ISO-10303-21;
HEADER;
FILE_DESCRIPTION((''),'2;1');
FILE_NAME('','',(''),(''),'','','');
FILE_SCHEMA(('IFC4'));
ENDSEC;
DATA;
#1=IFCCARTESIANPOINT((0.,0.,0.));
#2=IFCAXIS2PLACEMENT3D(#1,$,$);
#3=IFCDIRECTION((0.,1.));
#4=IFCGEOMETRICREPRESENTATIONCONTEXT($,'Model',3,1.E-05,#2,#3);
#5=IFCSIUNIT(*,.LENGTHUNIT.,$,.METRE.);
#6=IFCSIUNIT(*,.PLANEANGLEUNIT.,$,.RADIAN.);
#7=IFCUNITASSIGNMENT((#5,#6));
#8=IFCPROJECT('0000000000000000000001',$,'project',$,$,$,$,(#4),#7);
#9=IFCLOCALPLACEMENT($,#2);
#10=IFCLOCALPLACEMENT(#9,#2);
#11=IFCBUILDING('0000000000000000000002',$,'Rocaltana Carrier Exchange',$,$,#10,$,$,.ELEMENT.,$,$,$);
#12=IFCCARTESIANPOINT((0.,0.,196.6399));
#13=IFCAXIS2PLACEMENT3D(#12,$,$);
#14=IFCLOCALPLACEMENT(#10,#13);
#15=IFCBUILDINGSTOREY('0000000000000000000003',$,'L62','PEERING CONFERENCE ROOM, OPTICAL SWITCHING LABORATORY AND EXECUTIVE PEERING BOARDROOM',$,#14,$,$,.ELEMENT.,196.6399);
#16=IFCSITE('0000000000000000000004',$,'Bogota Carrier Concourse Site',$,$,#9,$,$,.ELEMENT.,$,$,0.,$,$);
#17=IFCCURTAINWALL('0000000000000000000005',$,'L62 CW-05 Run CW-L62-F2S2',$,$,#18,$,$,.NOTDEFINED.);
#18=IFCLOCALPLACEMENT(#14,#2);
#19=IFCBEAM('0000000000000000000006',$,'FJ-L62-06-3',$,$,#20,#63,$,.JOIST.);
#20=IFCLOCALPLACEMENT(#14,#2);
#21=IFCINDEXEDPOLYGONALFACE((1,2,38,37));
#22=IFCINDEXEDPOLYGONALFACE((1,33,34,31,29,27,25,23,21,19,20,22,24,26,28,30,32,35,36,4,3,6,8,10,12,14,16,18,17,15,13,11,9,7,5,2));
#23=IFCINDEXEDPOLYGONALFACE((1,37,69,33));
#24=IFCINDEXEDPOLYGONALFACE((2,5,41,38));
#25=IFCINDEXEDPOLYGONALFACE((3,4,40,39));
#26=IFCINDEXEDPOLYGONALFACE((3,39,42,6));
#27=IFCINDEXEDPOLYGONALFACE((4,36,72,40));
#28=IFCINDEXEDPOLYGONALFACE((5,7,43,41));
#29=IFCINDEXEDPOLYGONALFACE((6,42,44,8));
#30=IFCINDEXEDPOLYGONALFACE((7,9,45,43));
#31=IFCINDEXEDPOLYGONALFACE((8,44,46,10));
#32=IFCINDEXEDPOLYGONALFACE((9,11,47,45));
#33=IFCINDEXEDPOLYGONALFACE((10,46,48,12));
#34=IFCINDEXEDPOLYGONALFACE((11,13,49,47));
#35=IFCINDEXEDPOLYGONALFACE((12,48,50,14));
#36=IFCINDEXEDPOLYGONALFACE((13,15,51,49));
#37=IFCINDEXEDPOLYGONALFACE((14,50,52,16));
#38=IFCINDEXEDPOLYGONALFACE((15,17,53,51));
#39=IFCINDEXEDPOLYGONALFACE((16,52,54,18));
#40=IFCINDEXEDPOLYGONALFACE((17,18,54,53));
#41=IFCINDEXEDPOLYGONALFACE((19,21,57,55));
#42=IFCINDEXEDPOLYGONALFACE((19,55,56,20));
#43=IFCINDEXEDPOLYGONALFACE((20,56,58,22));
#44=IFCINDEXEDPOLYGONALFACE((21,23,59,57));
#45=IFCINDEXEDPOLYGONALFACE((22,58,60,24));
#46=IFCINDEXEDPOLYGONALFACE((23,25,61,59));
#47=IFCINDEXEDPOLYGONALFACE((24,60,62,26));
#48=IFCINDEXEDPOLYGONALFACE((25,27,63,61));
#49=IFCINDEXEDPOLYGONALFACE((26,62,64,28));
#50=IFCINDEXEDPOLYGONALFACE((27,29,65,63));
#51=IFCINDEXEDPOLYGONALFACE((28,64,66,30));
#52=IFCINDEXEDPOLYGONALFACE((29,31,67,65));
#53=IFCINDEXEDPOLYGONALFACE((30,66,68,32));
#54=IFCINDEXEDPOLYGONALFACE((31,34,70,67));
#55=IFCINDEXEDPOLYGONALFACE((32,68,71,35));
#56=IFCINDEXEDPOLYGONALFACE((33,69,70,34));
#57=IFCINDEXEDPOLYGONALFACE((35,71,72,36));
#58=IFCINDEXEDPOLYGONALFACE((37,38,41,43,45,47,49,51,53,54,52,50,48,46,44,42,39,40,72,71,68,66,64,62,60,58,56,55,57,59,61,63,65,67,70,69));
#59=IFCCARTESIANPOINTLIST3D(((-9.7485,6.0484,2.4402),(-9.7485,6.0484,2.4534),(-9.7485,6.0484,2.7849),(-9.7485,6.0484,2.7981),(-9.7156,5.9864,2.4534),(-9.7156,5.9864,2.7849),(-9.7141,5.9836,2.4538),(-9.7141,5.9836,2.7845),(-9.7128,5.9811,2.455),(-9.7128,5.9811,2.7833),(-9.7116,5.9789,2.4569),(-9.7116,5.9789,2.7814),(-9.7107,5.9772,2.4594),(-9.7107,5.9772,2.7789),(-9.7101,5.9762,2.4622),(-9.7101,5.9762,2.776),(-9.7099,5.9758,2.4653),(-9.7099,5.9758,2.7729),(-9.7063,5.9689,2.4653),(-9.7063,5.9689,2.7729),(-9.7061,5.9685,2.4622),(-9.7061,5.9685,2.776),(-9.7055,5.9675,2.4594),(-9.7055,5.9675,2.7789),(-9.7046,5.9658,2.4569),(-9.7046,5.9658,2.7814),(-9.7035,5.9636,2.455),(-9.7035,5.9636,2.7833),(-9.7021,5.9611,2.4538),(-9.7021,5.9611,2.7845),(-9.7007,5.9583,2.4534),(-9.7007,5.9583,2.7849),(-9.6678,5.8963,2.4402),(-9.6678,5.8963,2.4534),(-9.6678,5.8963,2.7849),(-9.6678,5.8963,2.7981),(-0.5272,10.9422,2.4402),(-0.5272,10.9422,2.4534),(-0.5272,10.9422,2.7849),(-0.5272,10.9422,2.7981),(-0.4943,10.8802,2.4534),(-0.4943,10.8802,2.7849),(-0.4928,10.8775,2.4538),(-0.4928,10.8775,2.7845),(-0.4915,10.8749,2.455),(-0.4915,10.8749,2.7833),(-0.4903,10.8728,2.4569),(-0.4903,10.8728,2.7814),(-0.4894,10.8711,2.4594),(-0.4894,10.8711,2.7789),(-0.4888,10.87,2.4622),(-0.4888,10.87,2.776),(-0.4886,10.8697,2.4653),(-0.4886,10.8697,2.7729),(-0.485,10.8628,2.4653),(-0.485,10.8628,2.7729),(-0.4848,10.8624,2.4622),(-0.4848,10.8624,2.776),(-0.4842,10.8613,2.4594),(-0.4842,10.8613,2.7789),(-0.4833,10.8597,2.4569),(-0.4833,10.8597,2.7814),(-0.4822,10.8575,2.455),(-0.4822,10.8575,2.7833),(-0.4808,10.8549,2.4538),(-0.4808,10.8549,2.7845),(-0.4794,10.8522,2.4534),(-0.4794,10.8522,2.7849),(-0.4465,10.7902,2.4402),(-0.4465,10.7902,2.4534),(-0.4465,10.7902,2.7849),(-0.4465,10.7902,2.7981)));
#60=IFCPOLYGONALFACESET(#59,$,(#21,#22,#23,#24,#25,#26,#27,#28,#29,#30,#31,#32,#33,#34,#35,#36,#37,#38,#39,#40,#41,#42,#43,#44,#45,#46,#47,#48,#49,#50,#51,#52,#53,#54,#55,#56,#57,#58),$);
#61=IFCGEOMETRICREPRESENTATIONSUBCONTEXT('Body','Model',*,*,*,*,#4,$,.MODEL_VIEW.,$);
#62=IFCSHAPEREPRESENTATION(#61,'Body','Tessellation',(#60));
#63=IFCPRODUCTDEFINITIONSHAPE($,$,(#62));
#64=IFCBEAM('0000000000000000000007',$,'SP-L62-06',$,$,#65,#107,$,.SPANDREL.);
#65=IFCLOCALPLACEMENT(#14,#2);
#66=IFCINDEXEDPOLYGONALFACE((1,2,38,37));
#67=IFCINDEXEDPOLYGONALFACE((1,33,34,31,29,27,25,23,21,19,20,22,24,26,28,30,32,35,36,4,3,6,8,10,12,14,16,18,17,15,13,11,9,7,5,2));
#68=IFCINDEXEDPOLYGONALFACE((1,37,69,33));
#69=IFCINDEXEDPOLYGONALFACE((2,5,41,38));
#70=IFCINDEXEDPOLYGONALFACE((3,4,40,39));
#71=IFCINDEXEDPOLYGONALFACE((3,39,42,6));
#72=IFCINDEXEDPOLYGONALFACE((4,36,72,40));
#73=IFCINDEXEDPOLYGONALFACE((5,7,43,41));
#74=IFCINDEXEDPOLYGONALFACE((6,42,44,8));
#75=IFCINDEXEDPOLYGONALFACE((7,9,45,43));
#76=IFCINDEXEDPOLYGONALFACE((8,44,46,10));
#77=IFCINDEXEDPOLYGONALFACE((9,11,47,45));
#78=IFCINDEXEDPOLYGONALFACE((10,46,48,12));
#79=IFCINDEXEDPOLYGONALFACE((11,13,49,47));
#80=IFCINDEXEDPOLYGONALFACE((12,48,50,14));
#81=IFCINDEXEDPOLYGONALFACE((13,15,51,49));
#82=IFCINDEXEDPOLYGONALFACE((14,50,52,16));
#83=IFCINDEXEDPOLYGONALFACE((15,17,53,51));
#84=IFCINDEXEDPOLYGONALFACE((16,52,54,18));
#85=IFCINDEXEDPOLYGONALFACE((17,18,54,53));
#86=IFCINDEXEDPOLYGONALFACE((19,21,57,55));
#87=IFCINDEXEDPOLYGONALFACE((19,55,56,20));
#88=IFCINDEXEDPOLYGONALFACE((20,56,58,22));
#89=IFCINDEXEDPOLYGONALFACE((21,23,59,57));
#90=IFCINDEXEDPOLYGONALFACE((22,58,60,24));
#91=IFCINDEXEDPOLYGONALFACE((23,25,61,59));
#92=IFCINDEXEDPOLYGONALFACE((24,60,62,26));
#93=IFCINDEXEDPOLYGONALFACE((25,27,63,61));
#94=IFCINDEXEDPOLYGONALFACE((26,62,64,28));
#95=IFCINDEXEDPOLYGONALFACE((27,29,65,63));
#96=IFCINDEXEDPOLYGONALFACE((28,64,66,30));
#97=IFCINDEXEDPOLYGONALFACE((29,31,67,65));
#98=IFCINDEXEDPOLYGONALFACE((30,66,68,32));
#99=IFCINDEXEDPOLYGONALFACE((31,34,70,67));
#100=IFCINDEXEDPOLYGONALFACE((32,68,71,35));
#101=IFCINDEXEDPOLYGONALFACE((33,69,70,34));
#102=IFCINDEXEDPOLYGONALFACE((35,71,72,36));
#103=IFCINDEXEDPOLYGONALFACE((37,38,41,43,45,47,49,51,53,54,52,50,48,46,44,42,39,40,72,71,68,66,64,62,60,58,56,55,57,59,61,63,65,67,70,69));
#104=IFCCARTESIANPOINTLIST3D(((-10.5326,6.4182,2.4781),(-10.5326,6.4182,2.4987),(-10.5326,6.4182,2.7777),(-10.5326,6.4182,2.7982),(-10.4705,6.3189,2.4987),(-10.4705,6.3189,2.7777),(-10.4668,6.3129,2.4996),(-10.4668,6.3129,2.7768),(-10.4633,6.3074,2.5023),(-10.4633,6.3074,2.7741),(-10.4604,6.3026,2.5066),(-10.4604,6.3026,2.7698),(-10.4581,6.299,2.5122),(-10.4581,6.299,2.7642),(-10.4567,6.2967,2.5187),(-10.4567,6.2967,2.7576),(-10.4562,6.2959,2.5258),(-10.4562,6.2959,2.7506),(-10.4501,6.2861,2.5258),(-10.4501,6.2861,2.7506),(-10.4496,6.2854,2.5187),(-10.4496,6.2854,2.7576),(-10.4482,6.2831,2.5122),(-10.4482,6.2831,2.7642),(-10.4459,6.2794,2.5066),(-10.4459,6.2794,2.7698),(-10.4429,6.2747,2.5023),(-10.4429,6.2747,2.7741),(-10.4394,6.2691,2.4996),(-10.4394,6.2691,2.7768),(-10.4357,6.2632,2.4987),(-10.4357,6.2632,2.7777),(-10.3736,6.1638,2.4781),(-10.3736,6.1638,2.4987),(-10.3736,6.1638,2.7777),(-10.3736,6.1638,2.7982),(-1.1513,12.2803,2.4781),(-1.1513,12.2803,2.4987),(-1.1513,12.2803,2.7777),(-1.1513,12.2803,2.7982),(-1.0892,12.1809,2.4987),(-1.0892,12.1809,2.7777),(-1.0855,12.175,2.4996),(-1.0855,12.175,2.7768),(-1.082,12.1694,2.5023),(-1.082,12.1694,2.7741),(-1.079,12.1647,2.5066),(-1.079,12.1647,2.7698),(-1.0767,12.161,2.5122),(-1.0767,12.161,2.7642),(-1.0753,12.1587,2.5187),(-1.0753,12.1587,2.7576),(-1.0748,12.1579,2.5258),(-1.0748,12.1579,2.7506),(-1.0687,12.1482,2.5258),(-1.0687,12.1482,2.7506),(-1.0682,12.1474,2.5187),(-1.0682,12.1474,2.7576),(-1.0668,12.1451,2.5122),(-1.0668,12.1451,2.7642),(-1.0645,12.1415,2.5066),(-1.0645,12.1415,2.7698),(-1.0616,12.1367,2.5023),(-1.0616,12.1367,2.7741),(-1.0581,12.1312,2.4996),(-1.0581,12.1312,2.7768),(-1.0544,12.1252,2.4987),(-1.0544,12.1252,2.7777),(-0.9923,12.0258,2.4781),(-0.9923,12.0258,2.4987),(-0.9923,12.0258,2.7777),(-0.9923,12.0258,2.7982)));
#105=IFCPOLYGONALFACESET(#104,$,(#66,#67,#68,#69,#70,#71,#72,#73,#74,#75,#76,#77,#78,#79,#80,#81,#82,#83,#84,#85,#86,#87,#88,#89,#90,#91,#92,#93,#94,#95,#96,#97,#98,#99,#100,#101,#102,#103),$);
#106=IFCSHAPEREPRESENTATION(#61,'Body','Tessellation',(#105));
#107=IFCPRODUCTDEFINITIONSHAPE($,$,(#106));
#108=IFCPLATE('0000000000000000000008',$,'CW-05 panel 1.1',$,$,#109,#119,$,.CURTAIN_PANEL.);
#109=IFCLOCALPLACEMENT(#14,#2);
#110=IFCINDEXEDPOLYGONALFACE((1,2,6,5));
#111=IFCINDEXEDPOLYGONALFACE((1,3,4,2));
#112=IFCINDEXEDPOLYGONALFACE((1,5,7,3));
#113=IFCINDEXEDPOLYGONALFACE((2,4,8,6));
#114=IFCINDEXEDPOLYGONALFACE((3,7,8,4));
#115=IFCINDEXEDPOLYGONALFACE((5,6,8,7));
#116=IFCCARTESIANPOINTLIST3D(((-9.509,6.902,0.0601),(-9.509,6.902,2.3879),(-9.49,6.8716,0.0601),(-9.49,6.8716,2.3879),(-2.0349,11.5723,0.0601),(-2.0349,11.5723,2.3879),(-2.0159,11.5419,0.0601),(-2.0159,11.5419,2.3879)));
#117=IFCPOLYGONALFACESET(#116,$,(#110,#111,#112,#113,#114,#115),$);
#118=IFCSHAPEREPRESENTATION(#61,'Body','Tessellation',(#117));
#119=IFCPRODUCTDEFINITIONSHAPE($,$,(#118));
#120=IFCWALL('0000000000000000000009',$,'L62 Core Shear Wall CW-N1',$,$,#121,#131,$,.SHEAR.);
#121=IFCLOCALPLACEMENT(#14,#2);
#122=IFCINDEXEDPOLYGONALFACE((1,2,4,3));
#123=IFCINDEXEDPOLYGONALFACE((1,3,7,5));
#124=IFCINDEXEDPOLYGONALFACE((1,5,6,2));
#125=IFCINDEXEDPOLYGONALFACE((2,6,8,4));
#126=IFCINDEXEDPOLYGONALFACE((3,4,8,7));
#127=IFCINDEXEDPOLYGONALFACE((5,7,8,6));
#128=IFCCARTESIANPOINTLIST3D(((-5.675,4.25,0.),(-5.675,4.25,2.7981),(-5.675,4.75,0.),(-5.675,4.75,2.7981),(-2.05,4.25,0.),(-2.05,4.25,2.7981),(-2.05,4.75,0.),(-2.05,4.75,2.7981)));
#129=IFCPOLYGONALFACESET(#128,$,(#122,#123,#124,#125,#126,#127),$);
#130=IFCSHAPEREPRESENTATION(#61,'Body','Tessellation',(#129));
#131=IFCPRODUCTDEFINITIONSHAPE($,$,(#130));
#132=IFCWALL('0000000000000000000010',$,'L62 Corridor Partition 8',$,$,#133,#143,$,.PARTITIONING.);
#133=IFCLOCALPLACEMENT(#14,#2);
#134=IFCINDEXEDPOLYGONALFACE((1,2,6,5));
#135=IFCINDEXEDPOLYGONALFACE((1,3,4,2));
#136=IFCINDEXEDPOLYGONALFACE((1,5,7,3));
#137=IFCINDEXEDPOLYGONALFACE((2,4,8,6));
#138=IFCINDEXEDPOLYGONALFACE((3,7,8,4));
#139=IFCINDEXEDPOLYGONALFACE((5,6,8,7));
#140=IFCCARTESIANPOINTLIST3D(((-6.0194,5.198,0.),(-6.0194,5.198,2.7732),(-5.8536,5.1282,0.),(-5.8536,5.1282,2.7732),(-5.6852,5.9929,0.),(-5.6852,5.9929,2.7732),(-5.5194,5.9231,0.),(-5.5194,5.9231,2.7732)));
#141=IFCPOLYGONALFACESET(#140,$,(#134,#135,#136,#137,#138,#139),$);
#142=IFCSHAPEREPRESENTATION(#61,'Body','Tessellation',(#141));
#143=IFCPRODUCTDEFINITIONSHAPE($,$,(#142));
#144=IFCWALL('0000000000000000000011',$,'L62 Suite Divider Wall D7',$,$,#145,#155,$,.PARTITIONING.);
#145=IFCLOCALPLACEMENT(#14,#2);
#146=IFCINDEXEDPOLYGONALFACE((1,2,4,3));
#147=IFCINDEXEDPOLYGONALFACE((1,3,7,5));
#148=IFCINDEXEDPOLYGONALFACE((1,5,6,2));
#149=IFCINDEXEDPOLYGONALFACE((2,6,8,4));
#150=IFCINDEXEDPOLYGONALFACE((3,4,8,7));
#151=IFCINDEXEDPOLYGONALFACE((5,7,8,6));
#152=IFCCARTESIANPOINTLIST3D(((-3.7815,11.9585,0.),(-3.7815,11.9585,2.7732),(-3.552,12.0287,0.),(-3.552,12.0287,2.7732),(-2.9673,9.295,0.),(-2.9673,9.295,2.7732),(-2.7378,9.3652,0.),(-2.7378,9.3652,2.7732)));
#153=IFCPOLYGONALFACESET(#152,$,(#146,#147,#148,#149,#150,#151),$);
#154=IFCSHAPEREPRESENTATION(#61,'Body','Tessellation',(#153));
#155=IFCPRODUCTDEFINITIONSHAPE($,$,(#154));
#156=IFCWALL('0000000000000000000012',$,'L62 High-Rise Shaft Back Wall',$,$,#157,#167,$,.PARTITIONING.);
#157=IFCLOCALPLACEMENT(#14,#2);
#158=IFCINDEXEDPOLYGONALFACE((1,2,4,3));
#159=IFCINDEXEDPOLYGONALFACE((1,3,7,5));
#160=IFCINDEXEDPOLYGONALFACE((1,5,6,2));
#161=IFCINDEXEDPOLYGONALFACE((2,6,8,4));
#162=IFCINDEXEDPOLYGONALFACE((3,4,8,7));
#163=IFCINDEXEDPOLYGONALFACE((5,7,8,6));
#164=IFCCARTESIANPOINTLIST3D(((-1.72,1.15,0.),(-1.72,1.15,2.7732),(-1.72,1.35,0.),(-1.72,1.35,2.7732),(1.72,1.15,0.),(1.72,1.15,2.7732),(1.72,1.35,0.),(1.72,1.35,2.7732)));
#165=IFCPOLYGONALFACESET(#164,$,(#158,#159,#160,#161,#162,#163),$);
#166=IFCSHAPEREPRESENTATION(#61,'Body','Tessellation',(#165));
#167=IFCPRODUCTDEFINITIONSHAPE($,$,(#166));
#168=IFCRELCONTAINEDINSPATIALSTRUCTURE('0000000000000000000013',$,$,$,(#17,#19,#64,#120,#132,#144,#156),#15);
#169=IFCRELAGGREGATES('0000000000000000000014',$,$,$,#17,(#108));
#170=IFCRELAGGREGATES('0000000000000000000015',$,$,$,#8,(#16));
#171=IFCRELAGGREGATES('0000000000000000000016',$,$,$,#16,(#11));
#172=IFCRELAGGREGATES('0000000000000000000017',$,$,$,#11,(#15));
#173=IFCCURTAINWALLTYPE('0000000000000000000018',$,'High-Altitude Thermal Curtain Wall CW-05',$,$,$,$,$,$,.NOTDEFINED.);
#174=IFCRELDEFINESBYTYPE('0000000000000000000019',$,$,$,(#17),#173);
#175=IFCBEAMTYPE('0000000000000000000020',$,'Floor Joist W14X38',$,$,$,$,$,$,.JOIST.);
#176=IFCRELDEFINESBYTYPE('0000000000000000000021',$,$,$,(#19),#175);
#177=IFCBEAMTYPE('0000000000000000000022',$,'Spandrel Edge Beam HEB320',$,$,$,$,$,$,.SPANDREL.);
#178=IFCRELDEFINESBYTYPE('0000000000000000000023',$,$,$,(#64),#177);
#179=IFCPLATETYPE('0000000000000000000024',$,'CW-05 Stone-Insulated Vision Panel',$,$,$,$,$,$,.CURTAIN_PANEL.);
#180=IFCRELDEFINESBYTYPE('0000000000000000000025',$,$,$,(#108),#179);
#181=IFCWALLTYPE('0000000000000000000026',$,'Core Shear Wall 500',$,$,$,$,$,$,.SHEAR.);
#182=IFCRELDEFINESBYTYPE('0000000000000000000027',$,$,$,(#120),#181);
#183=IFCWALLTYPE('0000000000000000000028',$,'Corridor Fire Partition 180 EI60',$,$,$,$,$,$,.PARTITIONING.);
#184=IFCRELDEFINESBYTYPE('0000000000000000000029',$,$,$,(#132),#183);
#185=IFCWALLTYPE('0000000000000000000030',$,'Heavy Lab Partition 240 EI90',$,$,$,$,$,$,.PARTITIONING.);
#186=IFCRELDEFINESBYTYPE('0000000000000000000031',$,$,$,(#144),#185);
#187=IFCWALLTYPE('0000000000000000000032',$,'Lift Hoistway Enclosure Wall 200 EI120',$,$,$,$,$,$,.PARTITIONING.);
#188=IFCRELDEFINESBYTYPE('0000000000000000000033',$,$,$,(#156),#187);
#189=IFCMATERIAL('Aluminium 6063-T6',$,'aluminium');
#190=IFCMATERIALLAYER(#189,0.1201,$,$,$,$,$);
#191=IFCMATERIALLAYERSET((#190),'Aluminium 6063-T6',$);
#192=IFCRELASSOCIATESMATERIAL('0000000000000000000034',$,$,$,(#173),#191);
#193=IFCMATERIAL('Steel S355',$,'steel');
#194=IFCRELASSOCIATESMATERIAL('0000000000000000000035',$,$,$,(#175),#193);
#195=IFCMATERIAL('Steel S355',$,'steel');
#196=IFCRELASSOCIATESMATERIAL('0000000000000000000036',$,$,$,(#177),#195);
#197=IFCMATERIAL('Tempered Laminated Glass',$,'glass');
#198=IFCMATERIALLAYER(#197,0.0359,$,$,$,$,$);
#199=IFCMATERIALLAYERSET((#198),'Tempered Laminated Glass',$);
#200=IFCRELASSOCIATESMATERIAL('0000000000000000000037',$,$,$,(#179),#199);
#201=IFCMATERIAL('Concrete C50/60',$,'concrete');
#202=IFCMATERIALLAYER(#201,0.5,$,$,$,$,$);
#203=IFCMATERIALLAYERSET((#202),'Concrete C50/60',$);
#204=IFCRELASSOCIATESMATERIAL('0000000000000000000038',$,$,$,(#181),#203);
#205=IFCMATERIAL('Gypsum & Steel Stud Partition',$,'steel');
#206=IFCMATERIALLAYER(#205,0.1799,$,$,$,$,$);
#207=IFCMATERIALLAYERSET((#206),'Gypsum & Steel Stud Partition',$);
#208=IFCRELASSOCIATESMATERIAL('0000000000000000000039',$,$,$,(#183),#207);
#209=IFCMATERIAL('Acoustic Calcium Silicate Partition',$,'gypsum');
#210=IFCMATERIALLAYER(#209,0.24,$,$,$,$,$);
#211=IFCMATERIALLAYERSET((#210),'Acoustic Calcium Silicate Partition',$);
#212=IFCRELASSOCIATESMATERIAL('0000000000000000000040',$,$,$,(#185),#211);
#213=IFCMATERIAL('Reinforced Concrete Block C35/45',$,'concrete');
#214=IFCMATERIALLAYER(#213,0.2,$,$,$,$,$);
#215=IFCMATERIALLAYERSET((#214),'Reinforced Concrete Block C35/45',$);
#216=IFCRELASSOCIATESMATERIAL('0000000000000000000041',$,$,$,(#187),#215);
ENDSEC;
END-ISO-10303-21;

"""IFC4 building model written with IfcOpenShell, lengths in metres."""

from ifc_helpers import new_model, si_unit, direction, frame, frame_2d, origin, origin_2d, place, context, subcontext, project, spatial, rectangle, i_section, extrude, material, layer, layer_set, material_profile, profile_set, type_object, element, aggregate, save


model = new_model("IFC4")

# Units and contexts
model_context = context("Model", 3, precision=1e-05, world=origin(), true_north=direction((0.0, 1.0)))
body_context = subcontext(model_context, "Body", "Model", "MODEL_VIEW")
ifc_project = project(units=[si_unit("LENGTHUNIT", "METRE"), si_unit("PLANEANGLEUNIT", "RADIAN")], contexts=[model_context])

# Site, building, storey
site_placement = place(None, origin())
site = spatial("IfcSite", under=ifc_project, at=site_placement, Name="Bogota Carrier Concourse Site", CompositionType="ELEMENT", RefElevation=0.0)
building_placement = place(site_placement, origin())
building = spatial("IfcBuilding", under=site, at=building_placement, Name="Rocaltana Carrier Exchange", CompositionType="ELEMENT")
storey_placement = place(building_placement, frame((0.0, 0.0, 196.6399)))
storey = spatial("IfcBuildingStorey", under=building, at=storey_placement, Name="L62", Description="PEERING CONFERENCE ROOM, OPTICAL SWITCHING LABORATORY AND EXECUTIVE PEERING BOARDROOM", CompositionType="ELEMENT", Elevation=196.6399)

# Curtain wall
ifc_material_1 = material(Name="Aluminium 6063-T6", Category="aluminium")
ifc_layer_1 = layer(ifc_material_1, 0.1201)
ifc_layer_set_1 = layer_set([ifc_layer_1], Name="Aluminium 6063-T6")
curtain_wall_type = type_object("IfcCurtainWallType", Name="High-Altitude Thermal Curtain Wall CW-05", PredefinedType="NOTDEFINED", material=ifc_layer_set_1)
curtain_wall_placement = place(storey_placement, origin())
curtain_wall = element("IfcCurtainWall", 1, at=curtain_wall_placement, inside=storey, type_object=curtain_wall_type, Name="L62 CW-05 Run CW-L62-F2S2", PredefinedType="NOTDEFINED")

# Beams
ifc_material_2 = material(Name="Steel S355", Category="steel")
ifc_material_profile_1 = material_profile(ifc_material_2, i_section(OverallWidth=0.1721, OverallDepth=0.3579, WebThickness=0.0078, FlangeThickness=0.0132, FilletRadius=0.012, at=origin_2d()), Name="W14X38")
ifc_profile_set_1 = profile_set([ifc_material_profile_1], Name="Steel S355")
beam_type_1 = type_object("IfcBeamType", Name="Floor Joist W14X38", PredefinedType="JOIST", material=ifc_profile_set_1)
beam_1_placement = place(storey_placement, frame((-0.4868, 10.8662, 2.6191), z_axis=(-0.883312, -0.468785, 0.0), x_axis=(0.468785, -0.883312, 0.0)))
element("IfcBeam", 2, at=beam_1_placement, inside=storey, type_object=beam_type_1, Name="FJ-L62-06-3", PredefinedType="JOIST", context=body_context, shape_type="SweptSolid", body=[
    extrude(i_section(OverallWidth=0.1721, OverallDepth=0.3579, WebThickness=0.0078, FlangeThickness=0.0132, FilletRadius=0.012, at=origin_2d()), origin(), (0.0, 0.0, 1.0), 10.4395),
])
ifc_material_3 = material(Name="Steel S355", Category="steel")
ifc_material_profile_2 = material_profile(ifc_material_3, i_section(OverallWidth=0.3, OverallDepth=0.3201, WebThickness=0.0115, FlangeThickness=0.0205, FilletRadius=0.0271, at=origin_2d()), Name="HEB320")
ifc_profile_set_2 = profile_set([ifc_material_profile_2], Name="Steel S355")
beam_type_2 = type_object("IfcBeamType", Name="Spandrel Edge Beam HEB320", PredefinedType="SPANDREL", material=ifc_profile_set_2)
beam_2_placement = place(storey_placement, frame((-1.0718, 12.1531, 2.6382), z_axis=(-0.84805, -0.529916, 0.0), x_axis=(0.529916, -0.84805, 0.0)))
element("IfcBeam", 3, at=beam_2_placement, inside=storey, type_object=beam_type_2, Name="SP-L62-06", PredefinedType="SPANDREL", context=body_context, shape_type="SweptSolid", body=[
    extrude(i_section(OverallWidth=0.3, OverallDepth=0.3201, WebThickness=0.0115, FlangeThickness=0.0205, FilletRadius=0.0271, at=origin_2d()), origin(), (0.0, 0.0, 1.0), 11.0623),
])

# Plate
ifc_material_4 = material(Name="Tempered Laminated Glass", Category="glass")
ifc_layer_2 = layer(ifc_material_4, 0.0359)
ifc_layer_set_2 = layer_set([ifc_layer_2], Name="Tempered Laminated Glass")
plate_type = type_object("IfcPlateType", Name="CW-05 Stone-Insulated Vision Panel", PredefinedType="CURTAIN_PANEL", material=ifc_layer_set_2)
plate_placement = place(storey_placement, frame((-5.7625, 9.2219, 0.0601), z_axis=(0.0, 0.0, 1.0), x_axis=(-0.848047, -0.52992, 0.0)))
plate = element("IfcPlate", 4, at=plate_placement, type_object=plate_type, Name="CW-05 panel 1.1", PredefinedType="CURTAIN_PANEL", context=body_context, shape_type="SweptSolid", body=[
    extrude(rectangle(XDim=8.8132, YDim=0.0359, at=origin_2d()), origin(), (0.0, 0.0, 1.0), 2.3279),
])
aggregate(curtain_wall, [plate])

# Walls
ifc_material_5 = material(Name="Concrete C50/60", Category="concrete")
ifc_layer_3 = layer(ifc_material_5, 0.5)
ifc_layer_set_3 = layer_set([ifc_layer_3], Name="Concrete C50/60")
wall_type_1 = type_object("IfcWallType", Name="Core Shear Wall 500", PredefinedType="SHEAR", material=ifc_layer_set_3)
wall_1_placement = place(storey_placement, frame((-5.675, 4.5, 0.0), z_axis=(0.0, 0.0, 1.0), x_axis=(1.0, 0.0, 0.0)))
element("IfcWall", 5, at=wall_1_placement, inside=storey, type_object=wall_type_1, Name="L62 Core Shear Wall CW-N1", PredefinedType="SHEAR", context=body_context, shape_type="SweptSolid", body=[
    extrude(rectangle(XDim=3.625, YDim=0.5, at=frame_2d((1.8125, 0.0))), origin(), (0.0, 0.0, 1.0), 2.7981),
])
ifc_material_6 = material(Name="Gypsum & Steel Stud Partition", Category="steel")
ifc_layer_4 = layer(ifc_material_6, 0.1799)
ifc_layer_set_4 = layer_set([ifc_layer_4], Name="Gypsum & Steel Stud Partition")
wall_type_2 = type_object("IfcWallType", Name="Corridor Fire Partition 180 EI60", PredefinedType="PARTITIONING", material=ifc_layer_set_4)
wall_2_placement = place(storey_placement, frame((-5.6023, 5.958, 0.0), z_axis=(0.0, 0.0, 1.0), x_axis=(-0.387589, -0.921832, 0.0)))
element("IfcWall", 6, at=wall_2_placement, inside=storey, type_object=wall_type_2, Name="L62 Corridor Partition 8", PredefinedType="PARTITIONING", context=body_context, shape_type="SweptSolid", body=[
    extrude(rectangle(XDim=0.8623, YDim=0.1799, at=frame_2d((0.4312, 0.0))), origin(), (0.0, 0.0, 1.0), 2.7732),
])
ifc_material_7 = material(Name="Acoustic Calcium Silicate Partition", Category="gypsum")
ifc_layer_5 = layer(ifc_material_7, 0.24)
ifc_layer_set_5 = layer_set([ifc_layer_5], Name="Acoustic Calcium Silicate Partition")
wall_type_3 = type_object("IfcWallType", Name="Heavy Lab Partition 240 EI90", PredefinedType="PARTITIONING", material=ifc_layer_set_5)
wall_3_placement = place(storey_placement, frame((-2.8525, 9.3301, 0.0), z_axis=(0.0, 0.0, 1.0), x_axis=(-0.29233, 0.956318, 0.0)))
element("IfcWall", 7, at=wall_3_placement, inside=storey, type_object=wall_type_3, Name="L62 Suite Divider Wall D7", PredefinedType="PARTITIONING", context=body_context, shape_type="SweptSolid", body=[
    extrude(rectangle(XDim=2.7852, YDim=0.24, at=frame_2d((1.3926, 0.0))), origin(), (0.0, 0.0, 1.0), 2.7732),
])
ifc_material_8 = material(Name="Reinforced Concrete Block C35/45", Category="concrete")
ifc_layer_6 = layer(ifc_material_8, 0.2)
ifc_layer_set_6 = layer_set([ifc_layer_6], Name="Reinforced Concrete Block C35/45")
wall_type_4 = type_object("IfcWallType", Name="Lift Hoistway Enclosure Wall 200 EI120", PredefinedType="PARTITIONING", material=ifc_layer_set_6)
wall_4_placement = place(storey_placement, frame((-1.72, 1.25, 0.0), z_axis=(0.0, 0.0, 1.0), x_axis=(1.0, 0.0, 0.0)))
element("IfcWall", 8, at=wall_4_placement, inside=storey, type_object=wall_type_4, Name="L62 High-Rise Shaft Back Wall", PredefinedType="PARTITIONING", context=body_context, shape_type="SweptSolid", body=[
    extrude(rectangle(XDim=3.4399, YDim=0.2, at=frame_2d((1.72, 0.0))), origin(), (0.0, 0.0, 1.0), 2.7732),
])

save(model, "model.ifc")
